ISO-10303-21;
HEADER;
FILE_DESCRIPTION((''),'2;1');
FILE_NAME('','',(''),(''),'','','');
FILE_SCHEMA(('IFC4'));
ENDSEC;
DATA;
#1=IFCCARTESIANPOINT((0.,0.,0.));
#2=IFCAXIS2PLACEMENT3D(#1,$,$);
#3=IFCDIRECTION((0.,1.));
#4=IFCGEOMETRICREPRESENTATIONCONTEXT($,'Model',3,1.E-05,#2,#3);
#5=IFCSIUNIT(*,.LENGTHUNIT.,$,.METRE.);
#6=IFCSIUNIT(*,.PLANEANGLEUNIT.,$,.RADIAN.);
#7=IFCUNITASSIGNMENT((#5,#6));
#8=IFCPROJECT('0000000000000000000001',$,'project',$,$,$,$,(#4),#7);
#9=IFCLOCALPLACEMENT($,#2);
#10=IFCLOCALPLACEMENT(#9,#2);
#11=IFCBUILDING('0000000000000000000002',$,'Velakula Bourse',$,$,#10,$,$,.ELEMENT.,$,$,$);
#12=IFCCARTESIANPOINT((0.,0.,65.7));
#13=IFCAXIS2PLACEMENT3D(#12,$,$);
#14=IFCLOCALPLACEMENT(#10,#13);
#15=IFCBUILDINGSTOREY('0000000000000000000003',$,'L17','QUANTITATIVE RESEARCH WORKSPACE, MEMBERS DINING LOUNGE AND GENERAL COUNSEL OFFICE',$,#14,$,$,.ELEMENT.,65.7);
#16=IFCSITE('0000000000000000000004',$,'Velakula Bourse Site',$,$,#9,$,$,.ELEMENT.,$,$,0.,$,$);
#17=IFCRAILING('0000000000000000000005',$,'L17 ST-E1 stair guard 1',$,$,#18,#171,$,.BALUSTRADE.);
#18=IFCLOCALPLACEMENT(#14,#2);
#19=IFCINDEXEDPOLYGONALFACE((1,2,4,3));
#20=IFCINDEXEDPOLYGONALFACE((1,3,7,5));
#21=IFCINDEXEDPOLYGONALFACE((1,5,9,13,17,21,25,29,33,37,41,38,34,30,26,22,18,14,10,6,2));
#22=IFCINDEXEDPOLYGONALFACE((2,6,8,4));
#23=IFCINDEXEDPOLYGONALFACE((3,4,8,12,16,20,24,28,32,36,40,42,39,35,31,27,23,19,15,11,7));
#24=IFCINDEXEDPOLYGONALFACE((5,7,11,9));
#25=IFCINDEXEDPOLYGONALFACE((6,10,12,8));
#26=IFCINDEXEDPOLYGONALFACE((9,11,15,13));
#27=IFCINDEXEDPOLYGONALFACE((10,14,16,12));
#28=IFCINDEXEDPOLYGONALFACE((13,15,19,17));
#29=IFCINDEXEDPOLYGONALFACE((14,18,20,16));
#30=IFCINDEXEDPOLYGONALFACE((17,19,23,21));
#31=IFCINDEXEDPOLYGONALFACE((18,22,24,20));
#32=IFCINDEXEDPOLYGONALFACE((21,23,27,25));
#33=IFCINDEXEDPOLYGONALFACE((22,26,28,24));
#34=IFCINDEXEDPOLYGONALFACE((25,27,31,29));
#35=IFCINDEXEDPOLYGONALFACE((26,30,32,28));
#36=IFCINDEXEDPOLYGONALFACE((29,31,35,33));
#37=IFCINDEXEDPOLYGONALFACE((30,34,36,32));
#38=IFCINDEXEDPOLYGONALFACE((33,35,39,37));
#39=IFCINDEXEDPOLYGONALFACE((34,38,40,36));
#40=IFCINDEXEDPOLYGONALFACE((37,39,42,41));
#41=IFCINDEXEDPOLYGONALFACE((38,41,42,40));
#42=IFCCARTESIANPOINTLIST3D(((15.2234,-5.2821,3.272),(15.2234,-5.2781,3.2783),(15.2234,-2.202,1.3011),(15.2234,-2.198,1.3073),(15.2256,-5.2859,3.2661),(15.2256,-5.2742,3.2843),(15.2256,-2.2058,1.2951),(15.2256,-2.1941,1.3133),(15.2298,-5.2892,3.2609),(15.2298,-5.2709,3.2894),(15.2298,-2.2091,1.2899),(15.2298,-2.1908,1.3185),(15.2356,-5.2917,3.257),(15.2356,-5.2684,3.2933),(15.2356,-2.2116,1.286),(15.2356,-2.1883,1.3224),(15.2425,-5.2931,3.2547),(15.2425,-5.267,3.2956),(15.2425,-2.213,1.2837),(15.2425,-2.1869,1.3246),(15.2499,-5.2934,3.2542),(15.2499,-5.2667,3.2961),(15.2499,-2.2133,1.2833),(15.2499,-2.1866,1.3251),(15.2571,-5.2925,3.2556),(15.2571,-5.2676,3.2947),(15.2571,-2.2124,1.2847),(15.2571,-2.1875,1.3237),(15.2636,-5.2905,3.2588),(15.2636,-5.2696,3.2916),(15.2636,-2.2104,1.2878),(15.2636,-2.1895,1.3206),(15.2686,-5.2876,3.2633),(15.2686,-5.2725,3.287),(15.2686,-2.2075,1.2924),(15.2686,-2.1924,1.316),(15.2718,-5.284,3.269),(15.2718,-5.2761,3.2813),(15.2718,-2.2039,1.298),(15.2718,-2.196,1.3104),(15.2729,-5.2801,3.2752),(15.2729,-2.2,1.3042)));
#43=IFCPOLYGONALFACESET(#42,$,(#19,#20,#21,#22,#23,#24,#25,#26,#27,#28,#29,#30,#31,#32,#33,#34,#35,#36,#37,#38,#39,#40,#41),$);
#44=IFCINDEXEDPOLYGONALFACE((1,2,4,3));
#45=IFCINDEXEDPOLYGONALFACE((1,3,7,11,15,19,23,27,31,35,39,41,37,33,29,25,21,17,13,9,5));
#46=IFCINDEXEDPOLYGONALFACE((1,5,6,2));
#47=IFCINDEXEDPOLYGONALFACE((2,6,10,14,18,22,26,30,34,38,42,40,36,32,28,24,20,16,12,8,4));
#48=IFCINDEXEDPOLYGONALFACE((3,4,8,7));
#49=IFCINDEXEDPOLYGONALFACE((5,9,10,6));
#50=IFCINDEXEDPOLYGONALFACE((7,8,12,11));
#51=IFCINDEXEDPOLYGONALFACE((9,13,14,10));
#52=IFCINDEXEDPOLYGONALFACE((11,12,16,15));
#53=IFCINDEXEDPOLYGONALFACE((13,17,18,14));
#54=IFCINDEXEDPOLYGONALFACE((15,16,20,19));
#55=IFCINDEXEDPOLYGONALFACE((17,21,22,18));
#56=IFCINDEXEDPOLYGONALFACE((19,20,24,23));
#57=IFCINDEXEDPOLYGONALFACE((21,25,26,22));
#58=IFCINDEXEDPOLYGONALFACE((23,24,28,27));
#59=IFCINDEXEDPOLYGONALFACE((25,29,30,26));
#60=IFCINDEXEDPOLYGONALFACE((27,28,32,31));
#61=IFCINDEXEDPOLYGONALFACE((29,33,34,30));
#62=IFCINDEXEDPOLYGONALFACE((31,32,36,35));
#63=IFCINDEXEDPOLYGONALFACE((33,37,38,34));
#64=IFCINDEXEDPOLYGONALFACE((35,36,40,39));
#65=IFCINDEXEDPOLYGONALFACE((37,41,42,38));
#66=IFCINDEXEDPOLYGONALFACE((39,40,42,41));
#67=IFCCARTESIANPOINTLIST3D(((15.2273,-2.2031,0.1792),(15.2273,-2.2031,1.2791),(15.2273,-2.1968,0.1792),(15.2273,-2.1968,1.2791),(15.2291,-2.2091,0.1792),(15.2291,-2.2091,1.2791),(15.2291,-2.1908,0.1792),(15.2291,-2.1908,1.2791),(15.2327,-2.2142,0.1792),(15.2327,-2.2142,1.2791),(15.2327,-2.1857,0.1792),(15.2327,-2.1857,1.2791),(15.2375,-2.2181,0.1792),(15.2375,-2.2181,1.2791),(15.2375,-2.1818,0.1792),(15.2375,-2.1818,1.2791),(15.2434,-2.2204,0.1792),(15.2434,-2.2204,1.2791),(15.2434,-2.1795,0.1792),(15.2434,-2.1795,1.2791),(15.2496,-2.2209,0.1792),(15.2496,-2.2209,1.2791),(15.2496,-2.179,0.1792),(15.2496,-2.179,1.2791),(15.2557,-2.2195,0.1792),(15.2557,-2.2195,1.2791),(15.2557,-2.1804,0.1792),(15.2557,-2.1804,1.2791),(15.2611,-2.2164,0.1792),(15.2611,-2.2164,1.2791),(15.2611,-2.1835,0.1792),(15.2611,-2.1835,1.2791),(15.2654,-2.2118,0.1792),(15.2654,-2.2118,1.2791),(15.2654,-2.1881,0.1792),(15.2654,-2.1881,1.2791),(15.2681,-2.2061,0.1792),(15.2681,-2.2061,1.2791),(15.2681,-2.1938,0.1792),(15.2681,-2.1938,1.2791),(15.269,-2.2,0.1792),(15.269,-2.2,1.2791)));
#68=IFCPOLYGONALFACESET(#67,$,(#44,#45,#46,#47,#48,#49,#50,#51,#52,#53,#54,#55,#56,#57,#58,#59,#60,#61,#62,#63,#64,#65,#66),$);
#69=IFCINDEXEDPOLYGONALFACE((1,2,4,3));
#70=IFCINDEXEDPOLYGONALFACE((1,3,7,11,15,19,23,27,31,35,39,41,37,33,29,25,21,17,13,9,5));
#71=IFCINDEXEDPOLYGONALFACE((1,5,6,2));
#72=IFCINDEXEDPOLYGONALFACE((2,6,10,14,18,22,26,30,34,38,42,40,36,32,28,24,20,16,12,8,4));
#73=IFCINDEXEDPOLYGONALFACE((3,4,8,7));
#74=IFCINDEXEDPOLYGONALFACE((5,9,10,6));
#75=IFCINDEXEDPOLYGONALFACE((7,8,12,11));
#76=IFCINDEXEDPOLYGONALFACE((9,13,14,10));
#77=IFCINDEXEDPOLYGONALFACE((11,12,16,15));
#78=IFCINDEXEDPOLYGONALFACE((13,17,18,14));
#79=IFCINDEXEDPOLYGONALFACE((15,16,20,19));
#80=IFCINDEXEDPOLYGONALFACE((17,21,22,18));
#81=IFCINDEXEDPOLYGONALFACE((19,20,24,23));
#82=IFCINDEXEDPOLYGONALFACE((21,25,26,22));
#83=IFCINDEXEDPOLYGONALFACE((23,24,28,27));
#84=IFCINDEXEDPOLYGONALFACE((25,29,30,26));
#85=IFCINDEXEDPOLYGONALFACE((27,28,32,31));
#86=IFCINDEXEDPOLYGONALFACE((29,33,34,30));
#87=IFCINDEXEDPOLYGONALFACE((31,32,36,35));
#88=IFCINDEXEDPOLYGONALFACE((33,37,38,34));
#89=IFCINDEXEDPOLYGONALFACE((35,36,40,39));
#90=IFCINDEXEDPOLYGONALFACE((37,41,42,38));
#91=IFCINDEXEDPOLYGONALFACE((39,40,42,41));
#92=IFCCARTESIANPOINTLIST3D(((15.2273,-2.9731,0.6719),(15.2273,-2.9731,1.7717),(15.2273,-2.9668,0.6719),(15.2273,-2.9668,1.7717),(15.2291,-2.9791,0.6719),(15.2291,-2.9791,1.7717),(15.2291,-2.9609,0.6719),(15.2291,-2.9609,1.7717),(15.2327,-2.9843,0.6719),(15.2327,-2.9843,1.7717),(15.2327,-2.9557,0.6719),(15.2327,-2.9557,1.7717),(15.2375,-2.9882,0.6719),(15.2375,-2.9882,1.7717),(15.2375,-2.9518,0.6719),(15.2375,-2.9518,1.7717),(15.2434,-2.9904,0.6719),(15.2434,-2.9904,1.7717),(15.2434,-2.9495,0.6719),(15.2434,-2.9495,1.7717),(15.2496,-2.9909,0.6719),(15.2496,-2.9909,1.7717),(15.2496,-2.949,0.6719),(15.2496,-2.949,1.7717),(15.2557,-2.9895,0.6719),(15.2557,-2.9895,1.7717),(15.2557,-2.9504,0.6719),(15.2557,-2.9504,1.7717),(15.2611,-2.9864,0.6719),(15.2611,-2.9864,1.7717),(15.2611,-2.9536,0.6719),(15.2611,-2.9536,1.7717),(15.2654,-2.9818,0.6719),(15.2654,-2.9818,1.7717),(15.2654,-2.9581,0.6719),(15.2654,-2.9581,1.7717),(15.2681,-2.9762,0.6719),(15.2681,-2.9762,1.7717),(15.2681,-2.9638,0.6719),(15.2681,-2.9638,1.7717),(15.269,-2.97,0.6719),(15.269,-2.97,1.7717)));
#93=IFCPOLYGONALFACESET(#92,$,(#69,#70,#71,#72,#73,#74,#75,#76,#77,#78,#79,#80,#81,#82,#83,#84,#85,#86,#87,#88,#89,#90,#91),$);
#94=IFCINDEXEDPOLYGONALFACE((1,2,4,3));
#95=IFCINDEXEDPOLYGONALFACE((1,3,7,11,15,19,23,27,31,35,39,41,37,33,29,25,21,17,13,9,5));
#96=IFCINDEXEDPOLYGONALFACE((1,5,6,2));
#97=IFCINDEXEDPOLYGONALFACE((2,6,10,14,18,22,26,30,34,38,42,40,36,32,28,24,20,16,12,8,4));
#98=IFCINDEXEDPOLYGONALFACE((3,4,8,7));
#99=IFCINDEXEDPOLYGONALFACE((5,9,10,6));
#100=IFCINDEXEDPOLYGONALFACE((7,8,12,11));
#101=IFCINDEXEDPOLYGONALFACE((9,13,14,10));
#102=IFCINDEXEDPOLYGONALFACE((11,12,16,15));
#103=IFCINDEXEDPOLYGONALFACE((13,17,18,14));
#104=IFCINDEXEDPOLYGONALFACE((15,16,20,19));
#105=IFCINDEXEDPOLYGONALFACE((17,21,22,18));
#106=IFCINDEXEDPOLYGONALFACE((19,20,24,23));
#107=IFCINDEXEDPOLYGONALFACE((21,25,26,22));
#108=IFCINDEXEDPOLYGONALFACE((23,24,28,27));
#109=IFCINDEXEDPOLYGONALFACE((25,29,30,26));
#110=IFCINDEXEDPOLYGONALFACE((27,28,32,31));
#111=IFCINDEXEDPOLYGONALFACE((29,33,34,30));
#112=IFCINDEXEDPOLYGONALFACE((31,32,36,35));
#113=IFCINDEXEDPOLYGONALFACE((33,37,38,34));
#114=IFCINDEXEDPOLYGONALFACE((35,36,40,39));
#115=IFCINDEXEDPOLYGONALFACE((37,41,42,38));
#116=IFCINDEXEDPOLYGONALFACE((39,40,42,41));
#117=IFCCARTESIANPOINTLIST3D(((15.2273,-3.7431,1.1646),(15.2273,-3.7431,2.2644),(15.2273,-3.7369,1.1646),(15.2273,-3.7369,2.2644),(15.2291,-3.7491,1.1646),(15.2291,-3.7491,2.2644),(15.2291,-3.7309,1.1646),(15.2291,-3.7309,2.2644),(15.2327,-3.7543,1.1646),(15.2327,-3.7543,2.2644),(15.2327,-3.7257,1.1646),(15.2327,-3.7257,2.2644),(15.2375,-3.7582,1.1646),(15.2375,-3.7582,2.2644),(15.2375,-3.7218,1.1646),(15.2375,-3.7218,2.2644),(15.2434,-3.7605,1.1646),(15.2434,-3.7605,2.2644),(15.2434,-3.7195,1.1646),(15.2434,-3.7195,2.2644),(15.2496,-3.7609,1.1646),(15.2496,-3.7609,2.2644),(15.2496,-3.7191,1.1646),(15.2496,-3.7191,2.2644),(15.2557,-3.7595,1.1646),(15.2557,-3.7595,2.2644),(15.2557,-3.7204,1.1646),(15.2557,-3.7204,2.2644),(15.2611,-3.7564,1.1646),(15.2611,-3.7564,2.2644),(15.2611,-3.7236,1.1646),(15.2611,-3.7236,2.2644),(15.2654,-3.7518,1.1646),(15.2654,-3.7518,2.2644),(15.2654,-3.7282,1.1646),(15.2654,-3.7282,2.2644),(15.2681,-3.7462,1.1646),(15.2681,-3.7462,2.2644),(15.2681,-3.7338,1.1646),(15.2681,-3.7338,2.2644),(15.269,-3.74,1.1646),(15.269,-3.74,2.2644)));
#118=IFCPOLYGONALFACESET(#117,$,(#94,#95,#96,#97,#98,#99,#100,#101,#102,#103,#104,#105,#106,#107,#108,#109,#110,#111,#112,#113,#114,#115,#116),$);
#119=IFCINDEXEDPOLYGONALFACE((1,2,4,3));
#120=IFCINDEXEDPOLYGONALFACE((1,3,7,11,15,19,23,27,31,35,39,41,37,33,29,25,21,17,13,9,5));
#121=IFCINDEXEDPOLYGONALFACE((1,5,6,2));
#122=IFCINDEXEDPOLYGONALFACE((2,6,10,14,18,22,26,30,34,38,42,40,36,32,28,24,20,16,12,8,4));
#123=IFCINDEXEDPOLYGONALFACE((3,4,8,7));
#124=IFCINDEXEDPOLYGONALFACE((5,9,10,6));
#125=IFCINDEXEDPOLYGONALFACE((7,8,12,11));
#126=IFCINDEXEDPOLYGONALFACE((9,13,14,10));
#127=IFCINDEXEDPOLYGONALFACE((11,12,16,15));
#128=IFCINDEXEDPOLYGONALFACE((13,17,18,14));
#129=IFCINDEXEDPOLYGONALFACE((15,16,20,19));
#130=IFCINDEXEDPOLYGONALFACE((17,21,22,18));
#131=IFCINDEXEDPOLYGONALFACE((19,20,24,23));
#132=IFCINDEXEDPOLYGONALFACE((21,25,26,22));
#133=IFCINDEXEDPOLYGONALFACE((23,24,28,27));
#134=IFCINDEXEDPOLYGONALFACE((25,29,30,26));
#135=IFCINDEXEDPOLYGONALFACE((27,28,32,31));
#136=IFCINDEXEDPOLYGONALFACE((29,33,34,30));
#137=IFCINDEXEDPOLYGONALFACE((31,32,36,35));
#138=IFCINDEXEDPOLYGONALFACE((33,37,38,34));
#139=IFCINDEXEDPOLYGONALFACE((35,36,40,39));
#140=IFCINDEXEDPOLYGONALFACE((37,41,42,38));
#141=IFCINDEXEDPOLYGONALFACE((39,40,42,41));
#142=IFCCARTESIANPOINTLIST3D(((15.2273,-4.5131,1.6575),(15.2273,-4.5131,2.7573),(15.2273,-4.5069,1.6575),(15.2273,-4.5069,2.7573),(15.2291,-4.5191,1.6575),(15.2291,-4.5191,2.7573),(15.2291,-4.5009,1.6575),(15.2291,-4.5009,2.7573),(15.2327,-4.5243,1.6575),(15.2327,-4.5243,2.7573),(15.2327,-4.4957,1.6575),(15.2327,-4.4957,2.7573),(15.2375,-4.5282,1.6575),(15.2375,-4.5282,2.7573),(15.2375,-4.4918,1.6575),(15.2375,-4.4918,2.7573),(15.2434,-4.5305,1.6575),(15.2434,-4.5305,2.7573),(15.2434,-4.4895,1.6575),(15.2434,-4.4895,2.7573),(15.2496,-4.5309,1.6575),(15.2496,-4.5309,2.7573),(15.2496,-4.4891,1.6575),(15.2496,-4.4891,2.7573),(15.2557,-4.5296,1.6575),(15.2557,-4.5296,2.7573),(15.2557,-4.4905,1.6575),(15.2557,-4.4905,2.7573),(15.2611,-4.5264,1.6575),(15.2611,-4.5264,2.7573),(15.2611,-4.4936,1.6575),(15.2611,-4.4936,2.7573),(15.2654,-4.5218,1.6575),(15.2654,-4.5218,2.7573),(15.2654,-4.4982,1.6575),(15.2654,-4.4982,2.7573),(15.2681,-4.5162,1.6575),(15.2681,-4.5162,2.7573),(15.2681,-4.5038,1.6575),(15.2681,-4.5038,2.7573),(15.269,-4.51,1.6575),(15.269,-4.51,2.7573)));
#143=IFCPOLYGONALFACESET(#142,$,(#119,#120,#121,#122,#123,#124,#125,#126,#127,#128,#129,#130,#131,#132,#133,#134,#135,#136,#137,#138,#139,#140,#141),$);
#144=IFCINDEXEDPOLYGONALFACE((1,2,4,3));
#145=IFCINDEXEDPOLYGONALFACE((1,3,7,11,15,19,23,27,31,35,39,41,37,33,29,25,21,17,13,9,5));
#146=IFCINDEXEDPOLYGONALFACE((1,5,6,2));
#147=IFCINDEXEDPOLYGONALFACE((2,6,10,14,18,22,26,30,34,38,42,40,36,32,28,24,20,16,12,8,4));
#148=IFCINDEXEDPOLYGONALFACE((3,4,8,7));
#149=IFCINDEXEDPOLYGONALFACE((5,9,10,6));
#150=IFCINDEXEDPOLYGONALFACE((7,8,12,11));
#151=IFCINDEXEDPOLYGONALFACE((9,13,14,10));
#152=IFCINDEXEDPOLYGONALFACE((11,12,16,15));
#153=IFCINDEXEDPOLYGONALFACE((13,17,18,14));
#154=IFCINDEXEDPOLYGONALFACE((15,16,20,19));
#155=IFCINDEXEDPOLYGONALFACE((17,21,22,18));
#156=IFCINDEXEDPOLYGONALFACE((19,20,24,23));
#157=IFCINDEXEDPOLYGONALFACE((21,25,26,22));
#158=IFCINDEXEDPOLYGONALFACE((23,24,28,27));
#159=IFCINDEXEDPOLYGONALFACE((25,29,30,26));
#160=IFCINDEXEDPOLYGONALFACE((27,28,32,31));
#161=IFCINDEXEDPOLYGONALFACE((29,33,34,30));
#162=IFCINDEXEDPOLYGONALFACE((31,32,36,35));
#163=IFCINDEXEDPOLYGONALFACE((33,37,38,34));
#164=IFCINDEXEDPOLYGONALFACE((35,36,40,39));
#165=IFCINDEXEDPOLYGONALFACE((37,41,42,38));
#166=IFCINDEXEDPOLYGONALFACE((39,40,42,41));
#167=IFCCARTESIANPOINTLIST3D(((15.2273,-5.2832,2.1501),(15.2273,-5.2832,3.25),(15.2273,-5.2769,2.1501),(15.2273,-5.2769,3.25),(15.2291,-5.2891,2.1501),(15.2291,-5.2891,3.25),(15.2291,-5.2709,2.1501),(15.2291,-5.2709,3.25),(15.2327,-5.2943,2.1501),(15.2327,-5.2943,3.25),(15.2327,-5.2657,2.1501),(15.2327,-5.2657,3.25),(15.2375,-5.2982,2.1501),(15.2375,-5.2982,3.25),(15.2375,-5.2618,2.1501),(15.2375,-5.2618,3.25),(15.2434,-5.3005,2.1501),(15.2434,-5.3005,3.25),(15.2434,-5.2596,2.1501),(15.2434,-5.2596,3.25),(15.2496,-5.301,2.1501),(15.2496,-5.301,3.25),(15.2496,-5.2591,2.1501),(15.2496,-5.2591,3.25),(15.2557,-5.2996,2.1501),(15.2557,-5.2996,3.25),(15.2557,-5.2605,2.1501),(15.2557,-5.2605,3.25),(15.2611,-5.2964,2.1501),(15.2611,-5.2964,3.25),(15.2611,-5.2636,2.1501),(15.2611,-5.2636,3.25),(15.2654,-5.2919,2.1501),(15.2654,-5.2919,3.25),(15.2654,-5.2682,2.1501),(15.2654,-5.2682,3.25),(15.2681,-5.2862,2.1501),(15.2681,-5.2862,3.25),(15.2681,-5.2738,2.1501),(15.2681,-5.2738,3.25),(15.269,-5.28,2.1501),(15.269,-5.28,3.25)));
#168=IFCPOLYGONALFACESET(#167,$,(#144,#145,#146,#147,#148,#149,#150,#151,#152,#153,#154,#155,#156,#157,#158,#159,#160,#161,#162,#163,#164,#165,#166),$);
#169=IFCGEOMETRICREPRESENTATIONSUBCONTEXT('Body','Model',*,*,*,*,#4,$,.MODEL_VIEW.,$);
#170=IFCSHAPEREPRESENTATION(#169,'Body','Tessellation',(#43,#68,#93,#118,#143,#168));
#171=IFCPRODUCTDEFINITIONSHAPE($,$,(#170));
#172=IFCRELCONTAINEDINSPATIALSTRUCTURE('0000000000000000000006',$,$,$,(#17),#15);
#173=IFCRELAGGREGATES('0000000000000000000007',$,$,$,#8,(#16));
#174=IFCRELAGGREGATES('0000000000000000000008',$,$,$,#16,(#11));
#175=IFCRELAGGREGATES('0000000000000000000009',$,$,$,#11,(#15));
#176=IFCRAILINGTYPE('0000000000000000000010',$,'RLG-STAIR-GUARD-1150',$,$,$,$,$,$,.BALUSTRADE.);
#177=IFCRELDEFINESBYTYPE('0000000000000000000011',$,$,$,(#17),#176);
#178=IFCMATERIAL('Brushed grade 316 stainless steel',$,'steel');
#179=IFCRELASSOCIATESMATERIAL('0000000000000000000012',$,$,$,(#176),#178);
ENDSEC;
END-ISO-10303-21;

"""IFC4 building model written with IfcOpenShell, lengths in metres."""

from ifc_helpers import new_model, si_unit, direction, frame, origin, origin_2d, place, context, subcontext, project, spatial, circle, extrude, material, type_object, element, save


model = new_model("IFC4")

# Units and contexts
model_context = context("Model", 3, precision=1e-05, world=origin(), true_north=direction((0.0, 1.0)))
body_context = subcontext(model_context, "Body", "Model", "MODEL_VIEW")
ifc_project = project(units=[si_unit("LENGTHUNIT", "METRE"), si_unit("PLANEANGLEUNIT", "RADIAN")], contexts=[model_context])

# Site, building, storey
site_placement = place(None, origin())
site = spatial("IfcSite", under=ifc_project, at=site_placement, Name="Velakula Bourse Site", CompositionType="ELEMENT", RefElevation=0.0)
building_placement = place(site_placement, origin())
building = spatial("IfcBuilding", under=site, at=building_placement, Name="Velakula Bourse", CompositionType="ELEMENT")
storey_placement = place(building_placement, frame((0.0, 0.0, 65.7)))
storey = spatial("IfcBuildingStorey", under=building, at=storey_placement, Name="L17", Description="QUANTITATIVE RESEARCH WORKSPACE, MEMBERS DINING LOUNGE AND GENERAL COUNSEL OFFICE", CompositionType="ELEMENT", Elevation=65.7)

# Shared definitions
ifc_material_1 = material(Name="Brushed grade 316 stainless steel", Category="steel")

# Railing
railing_type_1 = type_object("IfcRailingType", Name="RLG-STAIR-GUARD-1150", PredefinedType="BALUSTRADE", material=ifc_material_1)
railing_1_placement = place(storey_placement, frame((15.248, -2.2, 0.1792)))
element("IfcRailing", 1, at=railing_1_placement, inside=storey, type_object=railing_type_1, Name="L17 ST-E1 stair guard 1", PredefinedType="BALUSTRADE", context=body_context, shape_type="SweptSolid", body=[
    extrude(circle(Radius=0.0249, at=origin_2d()), frame((0.0, 0.0, 1.125), z_axis=(0.0, -0.842309, 0.538995), x_axis=(1.0, 0.0, 0.0)), (0.0, 0.0, 1.0), 3.6567),
    extrude(circle(Radius=0.021, at=origin_2d()), origin(), (0.0, 0.0, 1.0), 1.0999),
    extrude(circle(Radius=0.021, at=origin_2d()), frame((0.0, -0.77, 0.4927)), (0.0, 0.0, 1.0), 1.0999),
    extrude(circle(Radius=0.021, at=origin_2d()), frame((0.0, -1.54, 0.9854)), (0.0, 0.0, 1.0), 1.0999),
    extrude(circle(Radius=0.021, at=origin_2d()), frame((0.0, -2.3101, 1.4783)), (0.0, 0.0, 1.0), 1.0999),
    extrude(circle(Radius=0.021, at=origin_2d()), frame((0.0, -3.0801, 1.9709)), (0.0, 0.0, 1.0), 1.0999),
])

save(model, "model.ifc")
